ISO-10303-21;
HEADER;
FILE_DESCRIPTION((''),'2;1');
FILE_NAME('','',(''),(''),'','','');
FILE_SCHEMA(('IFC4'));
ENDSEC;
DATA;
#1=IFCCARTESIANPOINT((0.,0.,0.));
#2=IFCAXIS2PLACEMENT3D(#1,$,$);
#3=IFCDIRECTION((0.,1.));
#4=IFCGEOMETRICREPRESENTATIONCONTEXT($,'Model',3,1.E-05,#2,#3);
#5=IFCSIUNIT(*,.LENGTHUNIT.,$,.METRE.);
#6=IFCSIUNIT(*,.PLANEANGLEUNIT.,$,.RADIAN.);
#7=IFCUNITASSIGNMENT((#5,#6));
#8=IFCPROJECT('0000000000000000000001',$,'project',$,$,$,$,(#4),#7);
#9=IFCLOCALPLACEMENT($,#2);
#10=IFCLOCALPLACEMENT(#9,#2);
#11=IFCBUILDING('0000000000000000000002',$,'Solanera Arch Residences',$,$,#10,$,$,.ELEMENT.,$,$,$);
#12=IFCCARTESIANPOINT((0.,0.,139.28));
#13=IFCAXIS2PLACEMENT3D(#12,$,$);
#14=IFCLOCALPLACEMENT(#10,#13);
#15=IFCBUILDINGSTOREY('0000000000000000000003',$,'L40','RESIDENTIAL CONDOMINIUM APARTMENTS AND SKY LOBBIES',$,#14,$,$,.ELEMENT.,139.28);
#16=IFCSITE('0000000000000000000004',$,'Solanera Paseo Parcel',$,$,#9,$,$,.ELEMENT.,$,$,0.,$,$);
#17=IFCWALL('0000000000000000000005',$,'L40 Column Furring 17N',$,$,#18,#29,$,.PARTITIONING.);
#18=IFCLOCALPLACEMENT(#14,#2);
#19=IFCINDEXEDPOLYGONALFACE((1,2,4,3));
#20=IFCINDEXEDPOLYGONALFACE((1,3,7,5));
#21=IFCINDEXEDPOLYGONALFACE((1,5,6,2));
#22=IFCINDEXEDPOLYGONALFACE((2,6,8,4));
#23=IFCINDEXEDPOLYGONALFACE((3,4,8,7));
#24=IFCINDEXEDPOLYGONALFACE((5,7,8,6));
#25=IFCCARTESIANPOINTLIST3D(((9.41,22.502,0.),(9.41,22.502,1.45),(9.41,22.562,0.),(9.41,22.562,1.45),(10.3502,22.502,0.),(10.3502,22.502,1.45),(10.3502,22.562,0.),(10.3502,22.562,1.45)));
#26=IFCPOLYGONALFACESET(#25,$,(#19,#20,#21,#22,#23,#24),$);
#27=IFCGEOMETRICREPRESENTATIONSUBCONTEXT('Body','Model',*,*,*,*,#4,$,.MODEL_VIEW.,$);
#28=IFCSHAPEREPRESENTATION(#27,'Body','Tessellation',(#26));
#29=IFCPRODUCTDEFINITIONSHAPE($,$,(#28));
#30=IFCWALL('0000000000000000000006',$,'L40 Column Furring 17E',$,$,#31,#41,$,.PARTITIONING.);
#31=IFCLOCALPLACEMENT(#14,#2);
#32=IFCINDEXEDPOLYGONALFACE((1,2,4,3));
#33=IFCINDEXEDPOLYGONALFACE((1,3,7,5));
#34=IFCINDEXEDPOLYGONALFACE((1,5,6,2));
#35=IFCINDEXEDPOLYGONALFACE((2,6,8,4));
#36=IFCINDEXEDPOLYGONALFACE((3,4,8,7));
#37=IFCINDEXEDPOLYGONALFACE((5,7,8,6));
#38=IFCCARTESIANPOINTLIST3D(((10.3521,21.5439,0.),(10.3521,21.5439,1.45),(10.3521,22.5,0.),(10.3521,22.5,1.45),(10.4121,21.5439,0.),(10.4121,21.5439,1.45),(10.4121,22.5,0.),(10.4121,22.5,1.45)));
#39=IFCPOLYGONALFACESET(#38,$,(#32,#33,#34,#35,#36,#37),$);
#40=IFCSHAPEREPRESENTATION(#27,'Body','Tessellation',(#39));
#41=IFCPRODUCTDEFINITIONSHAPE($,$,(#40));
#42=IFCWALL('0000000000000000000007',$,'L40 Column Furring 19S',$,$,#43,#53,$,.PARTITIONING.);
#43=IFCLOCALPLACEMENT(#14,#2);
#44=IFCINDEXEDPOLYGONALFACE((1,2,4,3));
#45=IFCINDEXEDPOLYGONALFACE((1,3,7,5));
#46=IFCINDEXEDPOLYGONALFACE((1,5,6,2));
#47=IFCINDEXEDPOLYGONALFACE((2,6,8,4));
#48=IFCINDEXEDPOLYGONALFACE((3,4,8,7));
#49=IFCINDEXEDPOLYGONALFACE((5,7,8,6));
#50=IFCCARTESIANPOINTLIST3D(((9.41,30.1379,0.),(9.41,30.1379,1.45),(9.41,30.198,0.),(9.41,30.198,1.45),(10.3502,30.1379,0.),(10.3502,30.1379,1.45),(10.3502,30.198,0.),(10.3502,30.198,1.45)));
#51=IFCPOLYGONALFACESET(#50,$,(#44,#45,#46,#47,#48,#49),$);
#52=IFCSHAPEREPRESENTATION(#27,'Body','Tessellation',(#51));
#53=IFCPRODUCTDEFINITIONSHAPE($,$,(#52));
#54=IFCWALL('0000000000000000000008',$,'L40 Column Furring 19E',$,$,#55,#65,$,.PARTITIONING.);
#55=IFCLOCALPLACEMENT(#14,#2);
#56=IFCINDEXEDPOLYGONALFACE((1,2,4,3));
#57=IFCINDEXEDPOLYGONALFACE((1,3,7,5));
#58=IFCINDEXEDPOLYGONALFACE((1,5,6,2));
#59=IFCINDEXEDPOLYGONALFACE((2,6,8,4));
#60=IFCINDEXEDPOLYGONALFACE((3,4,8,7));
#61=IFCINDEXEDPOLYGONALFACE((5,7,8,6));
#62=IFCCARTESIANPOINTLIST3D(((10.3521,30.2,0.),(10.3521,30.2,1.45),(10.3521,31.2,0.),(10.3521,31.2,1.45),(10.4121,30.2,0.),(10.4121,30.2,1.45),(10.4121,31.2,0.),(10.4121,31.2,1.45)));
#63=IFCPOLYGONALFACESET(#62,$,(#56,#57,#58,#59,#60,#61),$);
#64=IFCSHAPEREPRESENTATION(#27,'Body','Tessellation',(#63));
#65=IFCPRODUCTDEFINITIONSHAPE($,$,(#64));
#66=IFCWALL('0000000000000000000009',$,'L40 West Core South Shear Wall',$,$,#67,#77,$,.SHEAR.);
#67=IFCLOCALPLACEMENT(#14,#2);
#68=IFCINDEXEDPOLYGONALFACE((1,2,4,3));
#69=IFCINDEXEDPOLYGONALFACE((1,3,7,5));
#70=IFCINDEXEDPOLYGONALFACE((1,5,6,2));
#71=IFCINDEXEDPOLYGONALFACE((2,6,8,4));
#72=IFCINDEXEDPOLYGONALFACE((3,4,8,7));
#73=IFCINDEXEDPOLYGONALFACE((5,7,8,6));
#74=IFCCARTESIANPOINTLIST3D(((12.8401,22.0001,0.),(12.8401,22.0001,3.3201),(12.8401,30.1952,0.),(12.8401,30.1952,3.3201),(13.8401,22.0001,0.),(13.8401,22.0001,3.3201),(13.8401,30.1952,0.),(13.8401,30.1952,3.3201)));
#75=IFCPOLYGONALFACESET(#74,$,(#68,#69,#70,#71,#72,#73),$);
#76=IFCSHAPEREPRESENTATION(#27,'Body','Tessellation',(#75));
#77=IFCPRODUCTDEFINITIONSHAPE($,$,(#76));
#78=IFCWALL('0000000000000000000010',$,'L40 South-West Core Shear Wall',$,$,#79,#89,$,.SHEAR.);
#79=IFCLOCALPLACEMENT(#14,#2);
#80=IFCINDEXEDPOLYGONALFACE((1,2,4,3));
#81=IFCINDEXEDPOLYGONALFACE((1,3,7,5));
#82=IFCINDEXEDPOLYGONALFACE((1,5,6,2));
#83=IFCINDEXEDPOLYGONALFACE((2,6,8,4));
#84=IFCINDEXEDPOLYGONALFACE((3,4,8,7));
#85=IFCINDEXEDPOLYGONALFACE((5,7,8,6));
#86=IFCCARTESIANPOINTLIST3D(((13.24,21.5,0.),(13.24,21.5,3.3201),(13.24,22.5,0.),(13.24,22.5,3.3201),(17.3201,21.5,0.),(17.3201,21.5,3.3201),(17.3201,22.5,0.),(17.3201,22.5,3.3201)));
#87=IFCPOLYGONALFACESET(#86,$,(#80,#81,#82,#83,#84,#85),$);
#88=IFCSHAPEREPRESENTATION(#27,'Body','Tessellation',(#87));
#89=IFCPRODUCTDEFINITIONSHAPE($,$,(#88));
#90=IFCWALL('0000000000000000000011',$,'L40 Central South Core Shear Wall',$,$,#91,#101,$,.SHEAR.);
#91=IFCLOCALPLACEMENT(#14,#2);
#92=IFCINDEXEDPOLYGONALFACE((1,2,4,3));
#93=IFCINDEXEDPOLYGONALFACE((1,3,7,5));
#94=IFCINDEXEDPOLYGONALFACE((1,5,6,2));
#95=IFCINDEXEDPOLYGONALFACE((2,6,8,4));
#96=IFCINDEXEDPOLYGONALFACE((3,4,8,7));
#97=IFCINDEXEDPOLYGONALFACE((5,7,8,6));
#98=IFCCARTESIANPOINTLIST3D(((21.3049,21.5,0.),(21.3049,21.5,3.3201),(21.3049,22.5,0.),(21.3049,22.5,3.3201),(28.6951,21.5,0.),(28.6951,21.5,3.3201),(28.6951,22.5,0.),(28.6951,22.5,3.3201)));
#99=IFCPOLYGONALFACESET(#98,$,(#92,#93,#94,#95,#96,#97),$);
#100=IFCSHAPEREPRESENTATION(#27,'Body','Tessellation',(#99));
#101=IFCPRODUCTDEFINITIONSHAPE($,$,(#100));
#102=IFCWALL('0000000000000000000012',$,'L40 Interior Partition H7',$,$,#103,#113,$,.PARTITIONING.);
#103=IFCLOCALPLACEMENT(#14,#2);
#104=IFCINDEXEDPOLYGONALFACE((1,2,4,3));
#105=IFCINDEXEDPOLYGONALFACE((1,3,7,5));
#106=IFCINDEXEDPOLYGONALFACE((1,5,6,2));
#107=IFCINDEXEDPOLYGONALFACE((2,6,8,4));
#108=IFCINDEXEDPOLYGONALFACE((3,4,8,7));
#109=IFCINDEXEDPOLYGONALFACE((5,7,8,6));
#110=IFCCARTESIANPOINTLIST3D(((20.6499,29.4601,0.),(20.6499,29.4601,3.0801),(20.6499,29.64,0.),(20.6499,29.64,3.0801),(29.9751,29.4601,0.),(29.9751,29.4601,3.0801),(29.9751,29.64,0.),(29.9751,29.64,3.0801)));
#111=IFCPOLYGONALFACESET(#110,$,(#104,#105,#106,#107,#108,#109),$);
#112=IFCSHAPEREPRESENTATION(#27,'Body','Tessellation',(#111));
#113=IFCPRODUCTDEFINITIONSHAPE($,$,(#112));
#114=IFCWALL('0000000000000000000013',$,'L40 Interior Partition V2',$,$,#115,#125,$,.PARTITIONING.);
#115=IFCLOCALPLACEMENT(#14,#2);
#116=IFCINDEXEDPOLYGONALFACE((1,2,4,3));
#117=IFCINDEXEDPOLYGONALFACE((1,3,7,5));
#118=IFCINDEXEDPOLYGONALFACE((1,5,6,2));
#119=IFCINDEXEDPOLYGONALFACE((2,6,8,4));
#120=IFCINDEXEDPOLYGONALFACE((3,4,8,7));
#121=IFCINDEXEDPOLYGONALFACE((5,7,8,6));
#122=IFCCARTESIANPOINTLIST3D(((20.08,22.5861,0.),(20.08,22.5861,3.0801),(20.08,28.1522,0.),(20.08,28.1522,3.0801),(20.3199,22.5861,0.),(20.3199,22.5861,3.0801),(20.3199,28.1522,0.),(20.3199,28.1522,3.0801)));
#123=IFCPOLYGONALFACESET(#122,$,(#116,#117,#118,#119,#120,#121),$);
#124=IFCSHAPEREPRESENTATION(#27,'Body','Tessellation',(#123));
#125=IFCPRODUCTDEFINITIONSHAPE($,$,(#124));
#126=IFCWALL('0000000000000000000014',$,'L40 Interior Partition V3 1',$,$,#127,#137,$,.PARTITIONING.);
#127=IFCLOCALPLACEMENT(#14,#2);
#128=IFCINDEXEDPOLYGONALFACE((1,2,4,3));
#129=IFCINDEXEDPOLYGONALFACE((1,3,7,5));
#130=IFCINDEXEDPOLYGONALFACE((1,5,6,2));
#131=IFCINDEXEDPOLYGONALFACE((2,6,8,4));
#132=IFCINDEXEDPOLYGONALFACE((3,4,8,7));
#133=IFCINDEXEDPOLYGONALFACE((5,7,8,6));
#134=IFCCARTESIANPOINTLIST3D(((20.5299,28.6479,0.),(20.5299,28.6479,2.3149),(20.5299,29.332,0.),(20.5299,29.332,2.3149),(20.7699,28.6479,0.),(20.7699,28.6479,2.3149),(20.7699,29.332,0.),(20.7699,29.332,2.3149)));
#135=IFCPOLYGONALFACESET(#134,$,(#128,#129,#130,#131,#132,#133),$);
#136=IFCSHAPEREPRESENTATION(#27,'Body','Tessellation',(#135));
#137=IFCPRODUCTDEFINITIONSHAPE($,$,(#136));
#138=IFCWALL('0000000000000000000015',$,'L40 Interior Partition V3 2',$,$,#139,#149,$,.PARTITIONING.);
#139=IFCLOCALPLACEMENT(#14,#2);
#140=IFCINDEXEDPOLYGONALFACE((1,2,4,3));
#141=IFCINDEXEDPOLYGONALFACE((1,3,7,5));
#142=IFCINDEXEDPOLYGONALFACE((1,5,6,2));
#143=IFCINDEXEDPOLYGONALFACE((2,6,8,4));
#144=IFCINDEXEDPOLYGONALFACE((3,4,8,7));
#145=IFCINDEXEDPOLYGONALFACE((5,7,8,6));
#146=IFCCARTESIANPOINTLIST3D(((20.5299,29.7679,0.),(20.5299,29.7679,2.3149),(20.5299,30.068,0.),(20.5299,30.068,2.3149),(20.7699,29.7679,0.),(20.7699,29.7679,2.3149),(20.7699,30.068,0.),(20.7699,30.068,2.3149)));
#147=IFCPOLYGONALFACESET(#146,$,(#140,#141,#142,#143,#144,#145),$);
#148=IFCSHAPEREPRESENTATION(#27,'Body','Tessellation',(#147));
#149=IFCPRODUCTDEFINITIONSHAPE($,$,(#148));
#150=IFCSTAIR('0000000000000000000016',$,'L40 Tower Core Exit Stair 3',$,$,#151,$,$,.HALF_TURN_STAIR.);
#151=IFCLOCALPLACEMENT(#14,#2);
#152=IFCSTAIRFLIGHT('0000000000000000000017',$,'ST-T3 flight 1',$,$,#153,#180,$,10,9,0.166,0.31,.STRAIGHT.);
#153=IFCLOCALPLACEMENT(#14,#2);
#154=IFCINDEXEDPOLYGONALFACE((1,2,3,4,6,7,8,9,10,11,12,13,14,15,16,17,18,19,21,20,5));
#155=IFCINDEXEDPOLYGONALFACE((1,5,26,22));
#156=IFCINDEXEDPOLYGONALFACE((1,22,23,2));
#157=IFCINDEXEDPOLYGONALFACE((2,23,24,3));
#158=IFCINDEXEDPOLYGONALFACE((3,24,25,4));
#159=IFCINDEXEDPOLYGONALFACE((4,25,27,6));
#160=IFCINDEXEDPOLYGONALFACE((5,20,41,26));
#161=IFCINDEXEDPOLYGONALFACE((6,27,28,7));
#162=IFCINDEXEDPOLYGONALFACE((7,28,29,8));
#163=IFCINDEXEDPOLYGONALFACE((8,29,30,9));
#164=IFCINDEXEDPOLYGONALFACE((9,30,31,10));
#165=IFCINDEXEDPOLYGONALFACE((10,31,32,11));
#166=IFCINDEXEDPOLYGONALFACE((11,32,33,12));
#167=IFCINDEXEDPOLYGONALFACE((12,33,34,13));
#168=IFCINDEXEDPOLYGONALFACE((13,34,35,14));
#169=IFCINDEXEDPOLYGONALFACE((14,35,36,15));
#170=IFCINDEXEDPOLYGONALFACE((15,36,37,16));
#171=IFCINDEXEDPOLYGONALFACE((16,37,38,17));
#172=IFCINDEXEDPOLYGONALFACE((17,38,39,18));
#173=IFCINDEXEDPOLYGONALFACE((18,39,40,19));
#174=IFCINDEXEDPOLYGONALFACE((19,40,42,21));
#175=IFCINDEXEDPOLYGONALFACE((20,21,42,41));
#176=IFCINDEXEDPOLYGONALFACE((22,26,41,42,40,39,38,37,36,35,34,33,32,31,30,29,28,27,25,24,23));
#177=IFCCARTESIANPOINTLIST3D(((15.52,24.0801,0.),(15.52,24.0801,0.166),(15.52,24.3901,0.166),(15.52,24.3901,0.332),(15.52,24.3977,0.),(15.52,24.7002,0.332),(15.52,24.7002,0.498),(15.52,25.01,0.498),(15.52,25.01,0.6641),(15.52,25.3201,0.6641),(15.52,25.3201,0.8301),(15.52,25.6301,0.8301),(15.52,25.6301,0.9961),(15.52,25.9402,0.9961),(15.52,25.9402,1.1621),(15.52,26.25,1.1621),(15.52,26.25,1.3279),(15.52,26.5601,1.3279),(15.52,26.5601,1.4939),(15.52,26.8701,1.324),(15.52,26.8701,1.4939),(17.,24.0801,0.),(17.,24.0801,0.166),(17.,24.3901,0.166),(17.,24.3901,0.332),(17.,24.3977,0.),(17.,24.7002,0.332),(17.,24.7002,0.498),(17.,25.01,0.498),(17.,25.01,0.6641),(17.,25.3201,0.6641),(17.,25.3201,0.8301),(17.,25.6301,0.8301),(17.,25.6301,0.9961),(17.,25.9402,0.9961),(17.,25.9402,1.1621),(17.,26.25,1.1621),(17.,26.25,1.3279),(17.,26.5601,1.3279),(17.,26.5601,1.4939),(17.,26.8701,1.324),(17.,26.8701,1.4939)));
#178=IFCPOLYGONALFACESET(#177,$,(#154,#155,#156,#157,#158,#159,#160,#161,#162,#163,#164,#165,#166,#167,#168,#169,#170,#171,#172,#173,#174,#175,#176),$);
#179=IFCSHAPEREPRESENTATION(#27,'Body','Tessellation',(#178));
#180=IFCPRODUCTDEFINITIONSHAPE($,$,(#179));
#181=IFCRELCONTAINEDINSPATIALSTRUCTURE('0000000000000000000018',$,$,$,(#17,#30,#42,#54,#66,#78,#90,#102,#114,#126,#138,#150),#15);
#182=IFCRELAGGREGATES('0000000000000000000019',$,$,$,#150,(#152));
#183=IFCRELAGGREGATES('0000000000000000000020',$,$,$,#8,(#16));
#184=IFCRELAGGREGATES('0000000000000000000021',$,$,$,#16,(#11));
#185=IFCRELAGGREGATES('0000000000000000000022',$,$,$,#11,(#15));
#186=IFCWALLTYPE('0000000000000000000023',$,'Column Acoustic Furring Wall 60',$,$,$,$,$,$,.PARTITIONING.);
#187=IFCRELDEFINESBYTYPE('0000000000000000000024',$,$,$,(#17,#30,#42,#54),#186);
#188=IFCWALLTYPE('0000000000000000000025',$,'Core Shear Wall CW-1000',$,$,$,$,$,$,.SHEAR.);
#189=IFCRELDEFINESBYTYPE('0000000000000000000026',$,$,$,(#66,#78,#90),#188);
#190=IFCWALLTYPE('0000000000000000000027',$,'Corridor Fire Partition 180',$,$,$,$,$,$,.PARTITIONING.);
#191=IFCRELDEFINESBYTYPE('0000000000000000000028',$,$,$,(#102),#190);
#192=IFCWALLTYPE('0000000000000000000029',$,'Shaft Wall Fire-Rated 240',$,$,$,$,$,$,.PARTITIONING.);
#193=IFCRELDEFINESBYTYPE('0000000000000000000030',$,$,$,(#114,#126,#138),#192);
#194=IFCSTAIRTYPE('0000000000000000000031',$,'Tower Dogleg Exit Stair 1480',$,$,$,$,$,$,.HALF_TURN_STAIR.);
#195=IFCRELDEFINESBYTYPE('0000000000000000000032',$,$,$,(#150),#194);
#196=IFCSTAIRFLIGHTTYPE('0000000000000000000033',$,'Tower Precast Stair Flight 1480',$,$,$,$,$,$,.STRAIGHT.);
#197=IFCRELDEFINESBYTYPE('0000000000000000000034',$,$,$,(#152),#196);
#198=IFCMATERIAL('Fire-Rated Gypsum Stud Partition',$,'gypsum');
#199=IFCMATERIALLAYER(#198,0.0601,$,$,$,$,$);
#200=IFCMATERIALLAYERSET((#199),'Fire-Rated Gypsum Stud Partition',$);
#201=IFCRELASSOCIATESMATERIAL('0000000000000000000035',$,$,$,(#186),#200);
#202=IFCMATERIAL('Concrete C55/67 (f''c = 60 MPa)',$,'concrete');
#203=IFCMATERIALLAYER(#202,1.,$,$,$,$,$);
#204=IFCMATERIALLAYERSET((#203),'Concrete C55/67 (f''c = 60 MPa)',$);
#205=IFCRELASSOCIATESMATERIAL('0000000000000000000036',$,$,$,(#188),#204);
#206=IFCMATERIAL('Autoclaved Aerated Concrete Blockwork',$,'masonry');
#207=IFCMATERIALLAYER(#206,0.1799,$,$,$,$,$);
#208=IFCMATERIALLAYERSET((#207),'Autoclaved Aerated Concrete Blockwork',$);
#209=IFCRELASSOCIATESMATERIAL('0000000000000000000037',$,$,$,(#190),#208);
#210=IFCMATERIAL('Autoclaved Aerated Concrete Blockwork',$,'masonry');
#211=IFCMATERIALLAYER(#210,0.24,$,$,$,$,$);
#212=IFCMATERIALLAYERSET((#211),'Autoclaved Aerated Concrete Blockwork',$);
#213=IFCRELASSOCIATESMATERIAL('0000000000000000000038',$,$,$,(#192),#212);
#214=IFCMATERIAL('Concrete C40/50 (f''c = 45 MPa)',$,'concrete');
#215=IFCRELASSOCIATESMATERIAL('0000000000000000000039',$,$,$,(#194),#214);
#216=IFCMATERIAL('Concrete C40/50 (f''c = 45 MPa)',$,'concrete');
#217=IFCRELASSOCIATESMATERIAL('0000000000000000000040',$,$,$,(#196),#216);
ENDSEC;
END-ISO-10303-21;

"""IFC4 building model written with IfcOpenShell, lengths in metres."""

from ifc_helpers import new_model, si_unit, direction, frame, frame_2d, origin, place, context, subcontext, project, spatial, polyline, rectangle, outline, extrude, material, layer, layer_set, type_object, element, aggregate, save


model = new_model("IFC4")

# Units and contexts
model_context = context("Model", 3, precision=1e-05, world=origin(), true_north=direction((0.0, 1.0)))
body_context = subcontext(model_context, "Body", "Model", "MODEL_VIEW")
ifc_project = project(units=[si_unit("LENGTHUNIT", "METRE"), si_unit("PLANEANGLEUNIT", "RADIAN")], contexts=[model_context])

# Site, building, storey
site_placement = place(None, origin())
site = spatial("IfcSite", under=ifc_project, at=site_placement, Name="Solanera Paseo Parcel", CompositionType="ELEMENT", RefElevation=0.0)
building_placement = place(site_placement, origin())
building = spatial("IfcBuilding", under=site, at=building_placement, Name="Solanera Arch Residences", CompositionType="ELEMENT")
storey_placement = place(building_placement, frame((0.0, 0.0, 139.28)))
storey = spatial("IfcBuildingStorey", under=building, at=storey_placement, Name="L40", Description="RESIDENTIAL CONDOMINIUM APARTMENTS AND SKY LOBBIES", CompositionType="ELEMENT", Elevation=139.28)

# Walls
ifc_material_1 = material(Name="Fire-Rated Gypsum Stud Partition", Category="gypsum")
ifc_layer_1 = layer(ifc_material_1, 0.0601)
ifc_layer_set_1 = layer_set([ifc_layer_1], Name="Fire-Rated Gypsum Stud Partition")
wall_type_1 = type_object("IfcWallType", Name="Column Acoustic Furring Wall 60", PredefinedType="PARTITIONING", material=ifc_layer_set_1)
wall_1_placement = place(storey_placement, frame((9.4099, 22.532, 0.0), z_axis=(0.0, 0.0, 1.0), x_axis=(1.0, 0.0, 0.0)))
element("IfcWall", 1, at=wall_1_placement, inside=storey, type_object=wall_type_1, Name="L40 Column Furring 17N", PredefinedType="PARTITIONING", context=body_context, shape_type="SweptSolid", body=[
    extrude(rectangle(XDim=0.9402, YDim=0.0601, at=frame_2d((0.4702, 0.0))), origin(), (0.0, 0.0, 1.0), 1.45),
])
wall_2_placement = place(storey_placement, frame((10.3821, 21.5439, 0.0), z_axis=(0.0, 0.0, 1.0), x_axis=(0.0, 1.0, 0.0)))
element("IfcWall", 2, at=wall_2_placement, inside=storey, type_object=wall_type_1, Name="L40 Column Furring 17E", PredefinedType="PARTITIONING", context=body_context, shape_type="SweptSolid", body=[
    extrude(rectangle(XDim=0.9561, YDim=0.0601, at=frame_2d((0.478, 0.0))), origin(), (0.0, 0.0, 1.0), 1.45),
])
wall_3_placement = place(storey_placement, frame((9.4099, 30.168, 0.0), z_axis=(0.0, 0.0, 1.0), x_axis=(1.0, 0.0, 0.0)))
element("IfcWall", 3, at=wall_3_placement, inside=storey, type_object=wall_type_1, Name="L40 Column Furring 19S", PredefinedType="PARTITIONING", context=body_context, shape_type="SweptSolid", body=[
    extrude(rectangle(XDim=0.9402, YDim=0.0601, at=frame_2d((0.4702, 0.0))), origin(), (0.0, 0.0, 1.0), 1.45),
])
wall_4_placement = place(storey_placement, frame((10.3821, 30.2, 0.0), z_axis=(0.0, 0.0, 1.0), x_axis=(0.0, 1.0, 0.0)))
element("IfcWall", 4, at=wall_4_placement, inside=storey, type_object=wall_type_1, Name="L40 Column Furring 19E", PredefinedType="PARTITIONING", context=body_context, shape_type="SweptSolid", body=[
    extrude(rectangle(XDim=1.0, YDim=0.0601, at=frame_2d((0.5, 0.0))), origin(), (0.0, 0.0, 1.0), 1.45),
])
ifc_material_2 = material(Name="Concrete C55/67 (f'c = 60 MPa)", Category="concrete")
ifc_layer_2 = layer(ifc_material_2, 1.0)
ifc_layer_set_2 = layer_set([ifc_layer_2], Name="Concrete C55/67 (f'c = 60 MPa)")
wall_type_2 = type_object("IfcWallType", Name="Core Shear Wall CW-1000", PredefinedType="SHEAR", material=ifc_layer_set_2)
wall_5_placement = place(storey_placement, frame((13.3401, 22.0, 0.0), z_axis=(0.0, 0.0, 1.0), x_axis=(0.0, 1.0, 0.0)))
element("IfcWall", 5, at=wall_5_placement, inside=storey, type_object=wall_type_2, Name="L40 West Core South Shear Wall", PredefinedType="SHEAR", context=body_context, shape_type="SweptSolid", body=[
    extrude(rectangle(XDim=8.1951, YDim=1.0, at=frame_2d((4.0977, 0.0))), origin(), (0.0, 0.0, 1.0), 3.3201),
])
wall_6_placement = place(storey_placement, frame((13.24, 22.0, 0.0), z_axis=(0.0, 0.0, 1.0), x_axis=(1.0, 0.0, 0.0)))
element("IfcWall", 6, at=wall_6_placement, inside=storey, type_object=wall_type_2, Name="L40 South-West Core Shear Wall", PredefinedType="SHEAR", context=body_context, shape_type="SweptSolid", body=[
    extrude(rectangle(XDim=4.0801, YDim=1.0, at=frame_2d((2.04, 0.0))), origin(), (0.0, 0.0, 1.0), 3.3201),
])
wall_7_placement = place(storey_placement, frame((21.3049, 22.0, 0.0), z_axis=(0.0, 0.0, 1.0), x_axis=(1.0, 0.0, 0.0)))
element("IfcWall", 7, at=wall_7_placement, inside=storey, type_object=wall_type_2, Name="L40 Central South Core Shear Wall", PredefinedType="SHEAR", context=body_context, shape_type="SweptSolid", body=[
    extrude(rectangle(XDim=7.3901, YDim=1.0, at=frame_2d((3.6951, 0.0))), origin(), (0.0, 0.0, 1.0), 3.3201),
])

# Wall
ifc_material_3 = material(Name="Autoclaved Aerated Concrete Blockwork", Category="masonry")
ifc_layer_3 = layer(ifc_material_3, 0.1799)
ifc_layer_set_3 = layer_set([ifc_layer_3], Name="Autoclaved Aerated Concrete Blockwork")
wall_type_3 = type_object("IfcWallType", Name="Corridor Fire Partition 180", PredefinedType="PARTITIONING", material=ifc_layer_set_3)
wall_8_placement = place(storey_placement, frame((20.6499, 29.55, 0.0), z_axis=(0.0, 0.0, 1.0), x_axis=(1.0, 0.0, 0.0)))
element("IfcWall", 8, at=wall_8_placement, inside=storey, type_object=wall_type_3, Name="L40 Interior Partition H7", PredefinedType="PARTITIONING", context=body_context, shape_type="SweptSolid", body=[
    extrude(rectangle(XDim=9.3252, YDim=0.1799, at=frame_2d((4.6626, 0.0))), origin(), (0.0, 0.0, 1.0), 3.0801),
])

# Shared definitions
ifc_material_4 = material(Name="Autoclaved Aerated Concrete Blockwork", Category="masonry")
ifc_layer_4 = layer(ifc_material_4, 0.24)
ifc_layer_set_4 = layer_set([ifc_layer_4], Name="Autoclaved Aerated Concrete Blockwork")
wall_type_4 = type_object("IfcWallType", Name="Shaft Wall Fire-Rated 240", PredefinedType="PARTITIONING", material=ifc_layer_set_4)

# Walls
wall_9_placement = place(storey_placement, frame((20.2, 22.5859, 0.0), z_axis=(0.0, 0.0, 1.0), x_axis=(0.0, 1.0, 0.0)))
element("IfcWall", 9, at=wall_9_placement, inside=storey, type_object=wall_type_4, Name="L40 Interior Partition V2", PredefinedType="PARTITIONING", context=body_context, shape_type="SweptSolid", body=[
    extrude(rectangle(XDim=5.5662, YDim=0.24, at=frame_2d((2.7832, 0.0))), origin(), (0.0, 0.0, 1.0), 3.0801),
])
wall_10_placement = place(storey_placement, frame((20.6499, 28.6479, 0.0), z_axis=(0.0, 0.0, 1.0), x_axis=(0.0, 1.0, 0.0)))
element("IfcWall", 10, at=wall_10_placement, inside=storey, type_object=wall_type_4, Name="L40 Interior Partition V3 1", PredefinedType="PARTITIONING", context=body_context, shape_type="SweptSolid", body=[
    extrude(rectangle(XDim=0.6841, YDim=0.24, at=frame_2d((0.342, 0.0))), origin(), (0.0, 0.0, 1.0), 2.3149),
])
wall_11_placement = place(storey_placement, frame((20.6499, 29.7681, 0.0), z_axis=(0.0, 0.0, 1.0), x_axis=(0.0, 1.0, 0.0)))
element("IfcWall", 11, at=wall_11_placement, inside=storey, type_object=wall_type_4, Name="L40 Interior Partition V3 2", PredefinedType="PARTITIONING", context=body_context, shape_type="SweptSolid", body=[
    extrude(rectangle(XDim=0.3, YDim=0.24, at=frame_2d((0.1499, 0.0))), origin(), (0.0, 0.0, 1.0), 2.3149),
])

# Stair, stair flight
ifc_material_5 = material(Name="Concrete C40/50 (f'c = 45 MPa)", Category="concrete")
stair_type = type_object("IfcStairType", Name="Tower Dogleg Exit Stair 1480", PredefinedType="HALF_TURN_STAIR", material=ifc_material_5)
stair_placement = place(storey_placement, origin())
stair = element("IfcStair", 12, at=stair_placement, inside=storey, type_object=stair_type, Name="L40 Tower Core Exit Stair 3", PredefinedType="HALF_TURN_STAIR")
ifc_material_6 = material(Name="Concrete C40/50 (f'c = 45 MPa)", Category="concrete")
stair_flight_type = type_object("IfcStairFlightType", Name="Tower Precast Stair Flight 1480", PredefinedType="STRAIGHT", material=ifc_material_6)
stair_flight_1_placement = place(storey_placement, frame((16.26, 24.0801, 0.0), z_axis=(0.0, 0.0, 1.0), x_axis=(0.0, 1.0, 0.0)))
stair_flight_1 = element("IfcStairFlight", 13, at=stair_flight_1_placement, type_object=stair_flight_type, Name="ST-T3 flight 1", NumberOfRisers=10, NumberOfTreads=9, PredefinedType="STRAIGHT", RiserHeight=0.166, TreadLength=0.31, context=body_context, shape_type="SweptSolid", body=[
    extrude(outline(polyline([(0.0, 0.0), (0.0, 0.166), (0.3101, 0.166), (0.3101, 0.332), (0.6201, 0.332), (0.6201, 0.498), (0.9299, 0.498), (0.9299, 0.6641), (1.24, 0.6641), (1.24, 0.8301), (1.55, 0.8301), (1.55, 0.9961), (1.8601, 0.9961), (1.8601, 1.1621), (2.1699, 1.1621), (2.1699, 1.3279), (2.48, 1.3279), (2.48, 1.4939), (2.79, 1.4939), (2.79, 1.6599), (2.79, 1.324), (0.3176, 0.0), (0.0, 0.0)])), frame((0.0, 0.74, 0.0), z_axis=(0.0, -1.0, 0.0), x_axis=(1.0, 0.0, 0.0)), (0.0, 0.0, 1.0), 1.48),
])
aggregate(stair, [stair_flight_1])

save(model, "model.ifc")
